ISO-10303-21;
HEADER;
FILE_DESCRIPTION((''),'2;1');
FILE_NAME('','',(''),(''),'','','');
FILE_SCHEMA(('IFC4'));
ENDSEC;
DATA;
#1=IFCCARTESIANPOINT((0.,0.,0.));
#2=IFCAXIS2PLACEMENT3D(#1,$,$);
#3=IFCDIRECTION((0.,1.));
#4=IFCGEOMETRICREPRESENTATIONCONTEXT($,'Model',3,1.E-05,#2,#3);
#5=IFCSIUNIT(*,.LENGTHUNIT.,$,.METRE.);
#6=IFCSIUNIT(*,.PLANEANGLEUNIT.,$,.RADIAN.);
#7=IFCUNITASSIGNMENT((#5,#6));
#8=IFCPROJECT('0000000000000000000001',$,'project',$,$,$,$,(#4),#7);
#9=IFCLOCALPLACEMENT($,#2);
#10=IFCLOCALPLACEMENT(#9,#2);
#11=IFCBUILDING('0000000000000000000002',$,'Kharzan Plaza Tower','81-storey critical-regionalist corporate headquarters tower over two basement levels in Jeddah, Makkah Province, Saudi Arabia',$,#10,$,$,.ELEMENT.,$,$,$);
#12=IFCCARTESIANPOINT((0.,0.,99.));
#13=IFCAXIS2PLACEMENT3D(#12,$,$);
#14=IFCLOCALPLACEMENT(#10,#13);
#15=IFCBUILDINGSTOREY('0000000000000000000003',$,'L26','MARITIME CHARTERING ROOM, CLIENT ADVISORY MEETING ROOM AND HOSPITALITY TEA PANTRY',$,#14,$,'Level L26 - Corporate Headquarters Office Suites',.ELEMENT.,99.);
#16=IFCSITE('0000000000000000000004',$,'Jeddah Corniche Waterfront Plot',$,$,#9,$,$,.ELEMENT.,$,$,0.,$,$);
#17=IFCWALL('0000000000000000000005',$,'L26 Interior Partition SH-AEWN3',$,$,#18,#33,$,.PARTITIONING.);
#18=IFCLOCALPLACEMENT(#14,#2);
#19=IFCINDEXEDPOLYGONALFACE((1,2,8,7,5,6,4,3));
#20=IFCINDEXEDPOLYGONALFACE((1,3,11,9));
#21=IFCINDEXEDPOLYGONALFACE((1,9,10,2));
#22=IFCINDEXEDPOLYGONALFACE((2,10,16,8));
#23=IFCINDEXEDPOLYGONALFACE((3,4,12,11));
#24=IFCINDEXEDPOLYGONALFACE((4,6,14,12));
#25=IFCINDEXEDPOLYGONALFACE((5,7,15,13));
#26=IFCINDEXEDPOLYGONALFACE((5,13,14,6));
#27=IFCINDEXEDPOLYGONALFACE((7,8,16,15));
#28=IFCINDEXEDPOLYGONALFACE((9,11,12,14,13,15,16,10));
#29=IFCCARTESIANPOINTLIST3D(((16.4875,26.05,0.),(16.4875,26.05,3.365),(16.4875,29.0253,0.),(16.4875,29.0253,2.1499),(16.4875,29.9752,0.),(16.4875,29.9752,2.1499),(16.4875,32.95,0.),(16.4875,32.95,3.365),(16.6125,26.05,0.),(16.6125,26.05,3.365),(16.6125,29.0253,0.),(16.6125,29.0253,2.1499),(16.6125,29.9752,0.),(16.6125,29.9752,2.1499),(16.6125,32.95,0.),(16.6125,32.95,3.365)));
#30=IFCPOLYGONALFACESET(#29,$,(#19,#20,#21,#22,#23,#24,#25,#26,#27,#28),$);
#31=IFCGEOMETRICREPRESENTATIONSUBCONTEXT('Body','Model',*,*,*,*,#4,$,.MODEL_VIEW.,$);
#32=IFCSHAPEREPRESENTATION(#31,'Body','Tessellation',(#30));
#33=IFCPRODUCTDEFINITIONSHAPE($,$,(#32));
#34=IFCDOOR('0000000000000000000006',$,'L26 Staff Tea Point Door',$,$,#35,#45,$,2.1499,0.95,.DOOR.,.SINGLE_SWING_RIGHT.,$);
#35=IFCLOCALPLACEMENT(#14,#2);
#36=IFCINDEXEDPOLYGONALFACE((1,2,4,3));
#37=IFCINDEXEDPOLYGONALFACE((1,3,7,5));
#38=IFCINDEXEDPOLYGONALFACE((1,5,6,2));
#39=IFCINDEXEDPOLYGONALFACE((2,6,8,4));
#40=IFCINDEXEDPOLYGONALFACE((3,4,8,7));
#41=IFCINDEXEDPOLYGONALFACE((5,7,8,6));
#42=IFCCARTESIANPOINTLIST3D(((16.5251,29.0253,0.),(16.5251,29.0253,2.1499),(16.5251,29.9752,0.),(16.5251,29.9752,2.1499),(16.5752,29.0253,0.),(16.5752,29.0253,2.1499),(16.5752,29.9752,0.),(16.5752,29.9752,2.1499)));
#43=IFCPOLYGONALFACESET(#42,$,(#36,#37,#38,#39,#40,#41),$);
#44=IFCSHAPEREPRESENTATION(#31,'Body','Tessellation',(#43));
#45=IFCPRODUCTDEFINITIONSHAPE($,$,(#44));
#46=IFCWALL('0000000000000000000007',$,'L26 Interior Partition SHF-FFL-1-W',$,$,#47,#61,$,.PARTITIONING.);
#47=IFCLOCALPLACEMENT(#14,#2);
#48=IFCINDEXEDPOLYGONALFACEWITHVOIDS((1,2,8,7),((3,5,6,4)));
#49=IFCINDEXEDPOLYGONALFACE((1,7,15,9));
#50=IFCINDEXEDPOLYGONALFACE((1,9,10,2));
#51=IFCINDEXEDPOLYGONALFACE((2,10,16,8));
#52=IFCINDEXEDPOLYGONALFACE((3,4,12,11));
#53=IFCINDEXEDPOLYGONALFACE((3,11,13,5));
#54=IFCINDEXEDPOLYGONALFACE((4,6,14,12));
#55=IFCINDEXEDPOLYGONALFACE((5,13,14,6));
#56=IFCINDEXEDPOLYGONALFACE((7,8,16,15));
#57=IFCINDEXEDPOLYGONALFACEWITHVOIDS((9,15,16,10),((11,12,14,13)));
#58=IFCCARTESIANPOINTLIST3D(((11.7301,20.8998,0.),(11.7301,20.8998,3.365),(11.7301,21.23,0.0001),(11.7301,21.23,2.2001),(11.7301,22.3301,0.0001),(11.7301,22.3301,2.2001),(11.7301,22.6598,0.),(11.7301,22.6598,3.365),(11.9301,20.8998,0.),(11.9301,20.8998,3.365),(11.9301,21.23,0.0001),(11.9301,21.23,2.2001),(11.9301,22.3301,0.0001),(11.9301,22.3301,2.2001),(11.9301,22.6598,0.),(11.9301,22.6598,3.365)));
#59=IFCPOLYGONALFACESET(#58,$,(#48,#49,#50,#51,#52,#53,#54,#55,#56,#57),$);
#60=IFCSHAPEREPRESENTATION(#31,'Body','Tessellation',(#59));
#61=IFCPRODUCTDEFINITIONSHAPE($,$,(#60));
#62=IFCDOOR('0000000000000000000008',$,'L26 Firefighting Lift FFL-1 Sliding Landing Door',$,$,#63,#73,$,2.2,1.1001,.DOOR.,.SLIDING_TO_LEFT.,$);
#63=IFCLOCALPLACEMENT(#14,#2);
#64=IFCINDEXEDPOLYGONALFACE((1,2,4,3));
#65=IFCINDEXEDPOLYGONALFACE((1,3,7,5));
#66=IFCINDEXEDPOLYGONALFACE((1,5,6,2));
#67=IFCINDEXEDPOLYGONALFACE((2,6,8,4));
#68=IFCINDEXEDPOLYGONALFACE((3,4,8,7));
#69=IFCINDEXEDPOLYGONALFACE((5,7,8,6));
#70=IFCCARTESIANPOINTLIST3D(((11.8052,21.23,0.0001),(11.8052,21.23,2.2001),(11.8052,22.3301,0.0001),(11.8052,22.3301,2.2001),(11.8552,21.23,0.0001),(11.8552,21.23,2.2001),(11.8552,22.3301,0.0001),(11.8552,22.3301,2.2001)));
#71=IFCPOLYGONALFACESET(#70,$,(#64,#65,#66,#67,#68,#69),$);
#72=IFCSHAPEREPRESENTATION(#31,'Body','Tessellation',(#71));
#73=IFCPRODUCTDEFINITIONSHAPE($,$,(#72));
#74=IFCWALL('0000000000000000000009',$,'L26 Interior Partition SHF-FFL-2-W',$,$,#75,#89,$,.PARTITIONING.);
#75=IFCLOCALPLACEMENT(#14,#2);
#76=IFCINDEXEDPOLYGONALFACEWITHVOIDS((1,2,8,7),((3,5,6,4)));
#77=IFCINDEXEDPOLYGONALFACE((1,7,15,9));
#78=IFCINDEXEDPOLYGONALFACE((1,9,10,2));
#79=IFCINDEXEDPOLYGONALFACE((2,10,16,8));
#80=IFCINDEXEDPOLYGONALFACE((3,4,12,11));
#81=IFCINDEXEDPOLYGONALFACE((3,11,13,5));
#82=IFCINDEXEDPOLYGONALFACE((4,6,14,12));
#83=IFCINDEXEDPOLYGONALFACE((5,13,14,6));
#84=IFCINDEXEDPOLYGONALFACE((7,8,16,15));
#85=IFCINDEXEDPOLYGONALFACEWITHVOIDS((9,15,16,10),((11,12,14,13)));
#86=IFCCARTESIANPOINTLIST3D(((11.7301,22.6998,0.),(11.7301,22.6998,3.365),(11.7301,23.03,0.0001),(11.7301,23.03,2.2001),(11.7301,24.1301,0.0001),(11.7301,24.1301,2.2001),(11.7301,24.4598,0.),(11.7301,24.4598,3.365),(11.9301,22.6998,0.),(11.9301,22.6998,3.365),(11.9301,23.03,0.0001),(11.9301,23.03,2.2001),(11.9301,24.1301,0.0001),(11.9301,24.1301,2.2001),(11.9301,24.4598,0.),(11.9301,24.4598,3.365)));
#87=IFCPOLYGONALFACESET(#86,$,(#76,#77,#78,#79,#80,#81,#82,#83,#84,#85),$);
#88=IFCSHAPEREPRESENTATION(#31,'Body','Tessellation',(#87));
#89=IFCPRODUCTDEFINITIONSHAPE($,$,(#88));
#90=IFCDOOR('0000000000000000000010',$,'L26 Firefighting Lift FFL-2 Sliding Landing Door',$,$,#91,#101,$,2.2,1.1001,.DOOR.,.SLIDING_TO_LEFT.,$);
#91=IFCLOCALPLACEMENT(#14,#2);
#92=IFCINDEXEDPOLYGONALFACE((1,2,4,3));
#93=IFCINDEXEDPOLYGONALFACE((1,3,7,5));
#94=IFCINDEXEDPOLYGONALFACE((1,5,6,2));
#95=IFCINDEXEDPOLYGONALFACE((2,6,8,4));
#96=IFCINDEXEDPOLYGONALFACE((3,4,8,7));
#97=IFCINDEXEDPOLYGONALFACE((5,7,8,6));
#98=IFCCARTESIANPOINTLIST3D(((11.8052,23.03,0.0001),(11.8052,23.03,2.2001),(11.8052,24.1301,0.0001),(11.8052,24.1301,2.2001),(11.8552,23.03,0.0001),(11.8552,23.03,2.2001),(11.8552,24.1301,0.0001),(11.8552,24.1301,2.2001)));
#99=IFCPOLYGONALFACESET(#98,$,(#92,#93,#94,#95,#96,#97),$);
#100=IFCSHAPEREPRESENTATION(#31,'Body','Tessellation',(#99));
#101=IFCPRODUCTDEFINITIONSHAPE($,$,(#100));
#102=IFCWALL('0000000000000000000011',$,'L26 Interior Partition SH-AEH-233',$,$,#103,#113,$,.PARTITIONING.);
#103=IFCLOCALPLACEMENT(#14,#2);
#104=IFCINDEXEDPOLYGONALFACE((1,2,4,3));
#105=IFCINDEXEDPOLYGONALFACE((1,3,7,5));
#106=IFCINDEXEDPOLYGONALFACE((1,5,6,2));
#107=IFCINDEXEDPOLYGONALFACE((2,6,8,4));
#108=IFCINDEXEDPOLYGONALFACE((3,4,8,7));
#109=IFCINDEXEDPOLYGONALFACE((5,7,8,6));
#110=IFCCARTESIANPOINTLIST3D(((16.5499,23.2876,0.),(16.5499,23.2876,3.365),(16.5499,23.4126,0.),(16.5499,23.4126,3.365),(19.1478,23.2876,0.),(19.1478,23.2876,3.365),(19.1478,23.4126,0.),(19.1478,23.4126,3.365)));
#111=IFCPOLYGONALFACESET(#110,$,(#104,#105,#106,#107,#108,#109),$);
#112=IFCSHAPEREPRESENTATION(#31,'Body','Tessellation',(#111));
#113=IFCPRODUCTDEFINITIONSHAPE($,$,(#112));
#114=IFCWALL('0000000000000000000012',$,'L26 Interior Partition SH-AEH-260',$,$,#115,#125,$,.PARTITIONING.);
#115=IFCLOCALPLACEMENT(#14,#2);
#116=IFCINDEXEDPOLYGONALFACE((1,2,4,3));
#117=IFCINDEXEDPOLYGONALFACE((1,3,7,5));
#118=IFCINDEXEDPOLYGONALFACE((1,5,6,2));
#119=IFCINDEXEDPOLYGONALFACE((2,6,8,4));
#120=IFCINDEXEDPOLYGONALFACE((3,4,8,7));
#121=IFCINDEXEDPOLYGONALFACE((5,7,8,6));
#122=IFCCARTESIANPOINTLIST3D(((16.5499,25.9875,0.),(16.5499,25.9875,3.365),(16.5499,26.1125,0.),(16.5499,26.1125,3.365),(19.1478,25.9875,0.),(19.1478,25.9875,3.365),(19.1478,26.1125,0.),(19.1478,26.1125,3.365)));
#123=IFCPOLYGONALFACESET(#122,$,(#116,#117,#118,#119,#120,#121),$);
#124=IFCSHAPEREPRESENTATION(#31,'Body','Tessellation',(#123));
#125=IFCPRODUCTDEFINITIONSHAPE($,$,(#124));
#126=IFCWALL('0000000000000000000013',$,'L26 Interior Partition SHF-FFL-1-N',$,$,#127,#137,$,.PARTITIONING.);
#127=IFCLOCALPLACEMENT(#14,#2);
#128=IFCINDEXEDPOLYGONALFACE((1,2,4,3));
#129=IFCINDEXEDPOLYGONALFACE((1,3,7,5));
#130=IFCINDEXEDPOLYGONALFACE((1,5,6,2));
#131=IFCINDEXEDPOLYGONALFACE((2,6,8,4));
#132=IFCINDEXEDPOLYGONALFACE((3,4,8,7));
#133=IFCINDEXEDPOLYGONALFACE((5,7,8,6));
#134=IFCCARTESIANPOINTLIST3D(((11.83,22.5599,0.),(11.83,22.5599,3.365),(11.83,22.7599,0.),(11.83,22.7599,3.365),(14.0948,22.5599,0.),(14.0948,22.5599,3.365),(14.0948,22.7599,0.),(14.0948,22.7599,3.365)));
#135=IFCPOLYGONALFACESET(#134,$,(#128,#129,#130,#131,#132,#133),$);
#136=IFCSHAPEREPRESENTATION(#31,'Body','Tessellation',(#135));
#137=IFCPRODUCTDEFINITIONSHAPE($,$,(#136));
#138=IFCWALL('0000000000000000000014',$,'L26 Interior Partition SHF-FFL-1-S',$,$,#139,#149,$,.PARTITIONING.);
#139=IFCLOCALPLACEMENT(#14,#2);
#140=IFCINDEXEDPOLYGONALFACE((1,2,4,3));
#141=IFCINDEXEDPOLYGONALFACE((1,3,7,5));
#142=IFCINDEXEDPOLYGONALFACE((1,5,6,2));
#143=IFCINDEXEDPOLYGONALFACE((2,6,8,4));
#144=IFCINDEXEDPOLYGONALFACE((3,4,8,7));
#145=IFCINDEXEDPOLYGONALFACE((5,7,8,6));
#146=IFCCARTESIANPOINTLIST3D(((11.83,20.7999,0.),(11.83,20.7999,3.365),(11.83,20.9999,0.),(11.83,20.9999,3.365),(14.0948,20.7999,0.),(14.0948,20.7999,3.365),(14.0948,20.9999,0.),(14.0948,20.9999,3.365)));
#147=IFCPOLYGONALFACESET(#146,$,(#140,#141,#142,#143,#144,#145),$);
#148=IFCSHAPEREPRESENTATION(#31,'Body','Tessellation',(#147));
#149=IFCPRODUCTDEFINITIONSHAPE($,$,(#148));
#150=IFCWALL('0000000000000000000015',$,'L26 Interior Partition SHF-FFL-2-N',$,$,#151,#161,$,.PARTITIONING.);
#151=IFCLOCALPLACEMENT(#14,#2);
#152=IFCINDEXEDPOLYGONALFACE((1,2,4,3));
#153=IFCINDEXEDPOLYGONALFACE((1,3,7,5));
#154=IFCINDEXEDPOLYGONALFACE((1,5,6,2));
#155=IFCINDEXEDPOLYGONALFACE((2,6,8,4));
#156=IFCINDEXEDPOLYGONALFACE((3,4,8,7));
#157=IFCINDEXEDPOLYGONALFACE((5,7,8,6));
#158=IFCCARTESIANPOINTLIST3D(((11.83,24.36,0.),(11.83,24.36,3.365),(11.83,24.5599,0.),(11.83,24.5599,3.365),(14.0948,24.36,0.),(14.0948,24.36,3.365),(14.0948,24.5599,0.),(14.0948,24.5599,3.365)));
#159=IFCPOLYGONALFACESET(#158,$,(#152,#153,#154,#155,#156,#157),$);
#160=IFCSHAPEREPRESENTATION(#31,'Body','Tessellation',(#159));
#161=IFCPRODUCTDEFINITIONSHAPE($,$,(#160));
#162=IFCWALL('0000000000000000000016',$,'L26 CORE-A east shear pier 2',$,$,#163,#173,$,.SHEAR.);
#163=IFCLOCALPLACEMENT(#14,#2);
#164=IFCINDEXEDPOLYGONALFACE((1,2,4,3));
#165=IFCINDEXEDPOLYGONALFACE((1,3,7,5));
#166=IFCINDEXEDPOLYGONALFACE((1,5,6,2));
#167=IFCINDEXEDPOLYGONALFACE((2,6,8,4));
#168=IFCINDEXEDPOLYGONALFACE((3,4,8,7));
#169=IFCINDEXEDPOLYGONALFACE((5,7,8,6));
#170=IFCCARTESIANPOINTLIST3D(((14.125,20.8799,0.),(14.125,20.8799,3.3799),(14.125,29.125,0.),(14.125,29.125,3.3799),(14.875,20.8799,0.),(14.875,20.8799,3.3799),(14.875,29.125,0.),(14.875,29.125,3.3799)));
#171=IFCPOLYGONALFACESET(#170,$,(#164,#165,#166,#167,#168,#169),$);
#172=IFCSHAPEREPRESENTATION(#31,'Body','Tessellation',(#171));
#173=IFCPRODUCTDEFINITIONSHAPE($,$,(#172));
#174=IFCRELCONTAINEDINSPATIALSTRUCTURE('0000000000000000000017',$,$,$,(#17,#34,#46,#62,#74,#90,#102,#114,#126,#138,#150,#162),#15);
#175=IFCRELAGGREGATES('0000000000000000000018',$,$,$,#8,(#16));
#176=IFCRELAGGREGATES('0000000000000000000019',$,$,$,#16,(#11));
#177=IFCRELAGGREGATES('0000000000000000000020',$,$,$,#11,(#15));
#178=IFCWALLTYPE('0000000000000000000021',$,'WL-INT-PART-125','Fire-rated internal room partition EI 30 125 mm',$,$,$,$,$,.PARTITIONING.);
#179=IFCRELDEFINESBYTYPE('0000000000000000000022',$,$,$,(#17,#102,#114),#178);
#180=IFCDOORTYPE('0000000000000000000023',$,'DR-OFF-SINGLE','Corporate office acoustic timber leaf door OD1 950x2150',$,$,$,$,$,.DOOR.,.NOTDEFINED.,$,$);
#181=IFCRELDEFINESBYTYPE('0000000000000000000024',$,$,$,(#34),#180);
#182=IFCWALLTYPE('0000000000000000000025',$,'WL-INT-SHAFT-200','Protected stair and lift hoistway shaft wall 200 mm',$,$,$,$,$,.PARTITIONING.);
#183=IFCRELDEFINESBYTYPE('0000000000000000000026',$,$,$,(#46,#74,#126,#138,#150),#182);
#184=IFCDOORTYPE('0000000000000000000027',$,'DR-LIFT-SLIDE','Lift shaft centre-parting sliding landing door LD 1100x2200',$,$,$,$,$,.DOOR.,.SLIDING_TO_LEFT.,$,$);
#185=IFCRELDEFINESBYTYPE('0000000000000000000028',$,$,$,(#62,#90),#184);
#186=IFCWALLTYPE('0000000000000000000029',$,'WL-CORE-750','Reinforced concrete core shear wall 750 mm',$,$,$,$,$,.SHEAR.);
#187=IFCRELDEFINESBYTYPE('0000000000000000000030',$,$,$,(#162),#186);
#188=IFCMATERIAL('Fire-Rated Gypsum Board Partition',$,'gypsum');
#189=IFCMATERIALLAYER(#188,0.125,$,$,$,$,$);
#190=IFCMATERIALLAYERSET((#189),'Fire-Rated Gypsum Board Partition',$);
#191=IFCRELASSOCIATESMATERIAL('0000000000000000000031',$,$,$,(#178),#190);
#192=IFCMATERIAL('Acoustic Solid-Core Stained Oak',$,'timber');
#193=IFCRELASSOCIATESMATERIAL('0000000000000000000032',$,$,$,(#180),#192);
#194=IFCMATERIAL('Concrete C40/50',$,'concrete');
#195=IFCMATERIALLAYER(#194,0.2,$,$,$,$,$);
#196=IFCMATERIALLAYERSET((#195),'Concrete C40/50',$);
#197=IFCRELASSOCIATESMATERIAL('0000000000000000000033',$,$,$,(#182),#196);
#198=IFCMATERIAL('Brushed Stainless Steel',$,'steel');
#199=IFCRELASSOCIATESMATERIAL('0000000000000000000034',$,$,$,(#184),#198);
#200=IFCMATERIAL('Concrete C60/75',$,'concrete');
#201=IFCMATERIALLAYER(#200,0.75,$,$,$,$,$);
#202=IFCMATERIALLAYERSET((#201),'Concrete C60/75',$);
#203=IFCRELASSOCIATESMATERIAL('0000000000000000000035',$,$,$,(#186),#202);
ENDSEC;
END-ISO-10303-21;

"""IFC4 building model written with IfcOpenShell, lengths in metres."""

from ifc_helpers import new_model, si_unit, direction, frame, frame_2d, origin, place, context, subcontext, project, spatial, rectangle, extrude, source, transform, mapped, material, layer, layer_set, type_object, element, fill, save


model = new_model("IFC4")

# Units and contexts
model_context = context("Model", 3, precision=1e-05, world=origin(), true_north=direction((0.0, 1.0)))
body_context = subcontext(model_context, "Body", "Model", "MODEL_VIEW")
ifc_project = project(units=[si_unit("LENGTHUNIT", "METRE"), si_unit("PLANEANGLEUNIT", "RADIAN")], contexts=[model_context])

# Site, building, storey
site_placement = place(None, origin())
site = spatial("IfcSite", under=ifc_project, at=site_placement, Name="Jeddah Corniche Waterfront Plot", CompositionType="ELEMENT", RefElevation=0.0)
building_placement = place(site_placement, origin())
building = spatial("IfcBuilding", under=site, at=building_placement, Name="Kharzan Plaza Tower", Description="81-storey critical-regionalist corporate headquarters tower over two basement levels in Jeddah, Makkah Province, Saudi Arabia", CompositionType="ELEMENT")
storey_placement = place(building_placement, frame((0.0, 0.0, 99.0)))
storey = spatial("IfcBuildingStorey", under=building, at=storey_placement, Name="L26", Description="MARITIME CHARTERING ROOM, CLIENT ADVISORY MEETING ROOM AND HOSPITALITY TEA PANTRY", LongName="Level L26 - Corporate Headquarters Office Suites", CompositionType="ELEMENT", Elevation=99.0)

# Walls, openings, doors
ifc_material_1 = material(Name="Concrete C40/50", Category="concrete")
ifc_material_2 = material(Name="Fire-Rated Gypsum Board Partition", Category="gypsum")
ifc_layer_1 = layer(ifc_material_2, 0.125)
ifc_layer_set_1 = layer_set([ifc_layer_1], Name="Fire-Rated Gypsum Board Partition")
wall_type_1 = type_object("IfcWallType", Name="WL-INT-PART-125", Description="Fire-rated internal room partition EI 30 125 mm", PredefinedType="PARTITIONING", material=ifc_layer_set_1)
wall_1_placement = place(storey_placement, frame((16.55, 26.05, 0.0), z_axis=(0.0, 0.0, 1.0), x_axis=(0.0, 1.0, 0.0)))
wall_1 = element("IfcWall", 1, at=wall_1_placement, inside=storey, type_object=wall_type_1, Name="L26 Interior Partition SH-AEWN3", PredefinedType="PARTITIONING", context=body_context, shape_type="SweptSolid", body=[
    extrude(rectangle(XDim=6.8999, YDim=0.125, at=frame_2d((3.45, 0.0))), origin(), (0.0, 0.0, 1.0), 3.365),
])
opening_1_placement = place(wall_1_placement, frame((2.9751, 0.0, 0.0)))
opening_1 = element("IfcOpeningElement", 2, at=opening_1_placement, cuts=wall_1, PredefinedType="OPENING", context=body_context, shape_type="SweptSolid", body=[
    extrude(rectangle(XDim=0.95, YDim=2.1499, at=frame_2d((0.4751, 1.075))), frame((0.0, 0.0725, 0.0), z_axis=(0.0, -1.0, 0.0), x_axis=(1.0, 0.0, 0.0)), (0.0, 0.0, 1.0), 0.145),
])
ifc_material_3 = material(Name="Acoustic Solid-Core Stained Oak", Category="timber")
door_type_1 = type_object("IfcDoorType", Name="DR-OFF-SINGLE", Description="Corporate office acoustic timber leaf door OD1 950x2150", OperationType="NOTDEFINED", PredefinedType="DOOR", material=ifc_material_3)
shared_shape_1 = source(origin(), body_context, "Body", "SweptSolid", [
    extrude(rectangle(XDim=0.95, YDim=2.1499, at=frame_2d((0.4751, 1.075))), frame((0.0, 0.0249, 0.0), z_axis=(0.0, -1.0, 0.0), x_axis=(1.0, 0.0, 0.0)), (0.0, 0.0, 1.0), 0.05),
])
door_1_placement = place(opening_1_placement, origin())
door_1 = element("IfcDoor", 3, at=door_1_placement, inside=storey, type_object=door_type_1, Name="L26 Staff Tea Point Door", OperationType="SINGLE_SWING_RIGHT", OverallHeight=2.1499, OverallWidth=0.95, PredefinedType="DOOR", context=body_context, shape_type="MappedRepresentation", body=[
    mapped(shared_shape_1, transform((0.0, 0.0, 0.0), x_axis=(1.0, 0.0, 0.0), y_axis=(0.0, 1.0, 0.0), z_axis=(0.0, 0.0, 1.0))),
])
fill(opening_1, door_1)
ifc_layer_2 = layer(ifc_material_1, 0.2)
ifc_layer_set_2 = layer_set([ifc_layer_2], Name="Concrete C40/50")
wall_type_2 = type_object("IfcWallType", Name="WL-INT-SHAFT-200", Description="Protected stair and lift hoistway shaft wall 200 mm", PredefinedType="PARTITIONING", material=ifc_layer_set_2)
wall_2_placement = place(storey_placement, frame((11.8301, 20.8999, 0.0), z_axis=(0.0, 0.0, 1.0), x_axis=(0.0, 1.0, 0.0)))
wall_2 = element("IfcWall", 4, at=wall_2_placement, inside=storey, type_object=wall_type_2, Name="L26 Interior Partition SHF-FFL-1-W", PredefinedType="PARTITIONING", context=body_context, shape_type="SweptSolid", body=[
    extrude(rectangle(XDim=1.76, YDim=0.2, at=frame_2d((0.8799, 0.0))), origin(), (0.0, 0.0, 1.0), 3.365),
])
opening_2_placement = place(wall_2_placement, frame((0.3301, 0.0, 0.0)))
opening_2 = element("IfcOpeningElement", 5, at=opening_2_placement, cuts=wall_2, PredefinedType="OPENING", context=body_context, shape_type="SweptSolid", body=[
    extrude(rectangle(XDim=1.1001, YDim=2.2, at=frame_2d((0.55, 1.1001))), frame((0.0, 0.1099, 0.0), z_axis=(0.0, -1.0, 0.0), x_axis=(1.0, 0.0, 0.0)), (0.0, 0.0, 1.0), 0.22),
])
ifc_material_4 = material(Name="Brushed Stainless Steel", Category="steel")
door_type_2 = type_object("IfcDoorType", Name="DR-LIFT-SLIDE", Description="Lift shaft centre-parting sliding landing door LD 1100x2200", OperationType="SLIDING_TO_LEFT", PredefinedType="DOOR", material=ifc_material_4)
shared_shape_2 = source(origin(), body_context, "Body", "SweptSolid", [
    extrude(rectangle(XDim=1.1001, YDim=2.2, at=frame_2d((0.55, 1.1001))), frame((0.0, 0.0249, 0.0), z_axis=(0.0, -1.0, 0.0), x_axis=(1.0, 0.0, 0.0)), (0.0, 0.0, 1.0), 0.05),
])
door_2_placement = place(opening_2_placement, origin())
door_2 = element("IfcDoor", 6, at=door_2_placement, inside=storey, type_object=door_type_2, Name="L26 Firefighting Lift FFL-1 Sliding Landing Door", OperationType="SLIDING_TO_LEFT", OverallHeight=2.2, OverallWidth=1.1001, PredefinedType="DOOR", context=body_context, shape_type="MappedRepresentation", body=[
    mapped(shared_shape_2, transform((0.0, 0.0, 0.0), x_axis=(1.0, 0.0, 0.0), y_axis=(0.0, 1.0, 0.0), z_axis=(0.0, 0.0, 1.0))),
])
fill(opening_2, door_2)
wall_3_placement = place(storey_placement, frame((11.8301, 22.7, 0.0), z_axis=(0.0, 0.0, 1.0), x_axis=(0.0, 1.0, 0.0)))
wall_3 = element("IfcWall", 7, at=wall_3_placement, inside=storey, type_object=wall_type_2, Name="L26 Interior Partition SHF-FFL-2-W", PredefinedType="PARTITIONING", context=body_context, shape_type="SweptSolid", body=[
    extrude(rectangle(XDim=1.76, YDim=0.2, at=frame_2d((0.8799, 0.0))), origin(), (0.0, 0.0, 1.0), 3.365),
])
opening_3_placement = place(wall_3_placement, frame((0.3301, 0.0, 0.0)))
opening_3 = element("IfcOpeningElement", 8, at=opening_3_placement, cuts=wall_3, PredefinedType="OPENING", context=body_context, shape_type="SweptSolid", body=[
    extrude(rectangle(XDim=1.1001, YDim=2.2, at=frame_2d((0.55, 1.1001))), frame((0.0, 0.1099, 0.0), z_axis=(0.0, -1.0, 0.0), x_axis=(1.0, 0.0, 0.0)), (0.0, 0.0, 1.0), 0.22),
])
door_3_placement = place(opening_3_placement, origin())
door_3 = element("IfcDoor", 9, at=door_3_placement, inside=storey, type_object=door_type_2, Name="L26 Firefighting Lift FFL-2 Sliding Landing Door", OperationType="SLIDING_TO_LEFT", OverallHeight=2.2, OverallWidth=1.1001, PredefinedType="DOOR", context=body_context, shape_type="MappedRepresentation", body=[
    mapped(shared_shape_2, transform((0.0, 0.0, 0.0), x_axis=(1.0, 0.0, 0.0), y_axis=(0.0, 1.0, 0.0), z_axis=(0.0, 0.0, 1.0))),
])
fill(opening_3, door_3)

# Walls
shared_shape_3 = source(origin(), body_context, "Body", "SweptSolid", [
    extrude(rectangle(XDim=2.5979, YDim=0.125, at=frame_2d((1.2988, 0.0))), origin(), (0.0, 0.0, 1.0), 3.365),
])
for number, where, z_axis, x_axis, name in (
    (10, (16.55, 23.3501, 0.0), (0.0, 0.0, 1.0), (1.0, 0.0, 0.0), "L26 Interior Partition SH-AEH-233"),
    (11, (16.55, 26.05, 0.0), (0.0, 0.0, 1.0), (1.0, 0.0, 0.0), "L26 Interior Partition SH-AEH-260"),
):
    element("IfcWall", number, at=place(storey_placement, frame(where, z_axis=z_axis, x_axis=x_axis)), inside=storey, type_object=wall_type_1, Name=name, PredefinedType="PARTITIONING", context=body_context, shape_type="MappedRepresentation", body=[
        mapped(shared_shape_3, transform((0.0, 0.0, 0.0), x_axis=(1.0, 0.0, 0.0), y_axis=(0.0, 1.0, 0.0), z_axis=(0.0, 0.0, 1.0))),
    ])
shared_shape_4 = source(origin(), body_context, "Body", "SweptSolid", [
    extrude(rectangle(XDim=2.2649, YDim=0.2, at=frame_2d((1.1323, 0.0))), origin(), (0.0, 0.0, 1.0), 3.365),
])
for number, where, z_axis, x_axis, name in (
    (12, (11.8301, 22.6599, 0.0), (0.0, 0.0, 1.0), (1.0, 0.0, 0.0), "L26 Interior Partition SHF-FFL-1-N"),
    (13, (11.8301, 20.8999, 0.0), (0.0, 0.0, 1.0), (1.0, 0.0, 0.0), "L26 Interior Partition SHF-FFL-1-S"),
    (14, (11.8301, 24.46, 0.0), (0.0, 0.0, 1.0), (1.0, 0.0, 0.0), "L26 Interior Partition SHF-FFL-2-N"),
):
    element("IfcWall", number, at=place(storey_placement, frame(where, z_axis=z_axis, x_axis=x_axis)), inside=storey, type_object=wall_type_2, Name=name, PredefinedType="PARTITIONING", context=body_context, shape_type="MappedRepresentation", body=[
        mapped(shared_shape_4, transform((0.0, 0.0, 0.0), x_axis=(1.0, 0.0, 0.0), y_axis=(0.0, 1.0, 0.0), z_axis=(0.0, 0.0, 1.0))),
    ])
ifc_material_5 = material(Name="Concrete C60/75", Category="concrete")
ifc_layer_3 = layer(ifc_material_5, 0.75)
ifc_layer_set_3 = layer_set([ifc_layer_3], Name="Concrete C60/75")
wall_type_3 = type_object("IfcWallType", Name="WL-CORE-750", Description="Reinforced concrete core shear wall 750 mm", PredefinedType="SHEAR", material=ifc_layer_set_3)
shared_shape_5 = source(origin(), body_context, "Body", "SweptSolid", [
    extrude(rectangle(XDim=8.2451, YDim=0.75, at=frame_2d((4.1226, 0.0))), origin(), (0.0, 0.0, 1.0), 3.3799),
])
wall_4_placement = place(storey_placement, frame((14.5, 20.8799, 0.0), z_axis=(0.0, 0.0, 1.0), x_axis=(0.0, 1.0, 0.0)))
element("IfcWall", 15, at=wall_4_placement, inside=storey, type_object=wall_type_3, Name="L26 CORE-A east shear pier 2", PredefinedType="SHEAR", context=body_context, shape_type="MappedRepresentation", body=[
    mapped(shared_shape_5, transform((0.0, 0.0, 0.0), x_axis=(1.0, 0.0, 0.0), y_axis=(0.0, 1.0, 0.0), z_axis=(0.0, 0.0, 1.0))),
])

save(model, "model.ifc")
